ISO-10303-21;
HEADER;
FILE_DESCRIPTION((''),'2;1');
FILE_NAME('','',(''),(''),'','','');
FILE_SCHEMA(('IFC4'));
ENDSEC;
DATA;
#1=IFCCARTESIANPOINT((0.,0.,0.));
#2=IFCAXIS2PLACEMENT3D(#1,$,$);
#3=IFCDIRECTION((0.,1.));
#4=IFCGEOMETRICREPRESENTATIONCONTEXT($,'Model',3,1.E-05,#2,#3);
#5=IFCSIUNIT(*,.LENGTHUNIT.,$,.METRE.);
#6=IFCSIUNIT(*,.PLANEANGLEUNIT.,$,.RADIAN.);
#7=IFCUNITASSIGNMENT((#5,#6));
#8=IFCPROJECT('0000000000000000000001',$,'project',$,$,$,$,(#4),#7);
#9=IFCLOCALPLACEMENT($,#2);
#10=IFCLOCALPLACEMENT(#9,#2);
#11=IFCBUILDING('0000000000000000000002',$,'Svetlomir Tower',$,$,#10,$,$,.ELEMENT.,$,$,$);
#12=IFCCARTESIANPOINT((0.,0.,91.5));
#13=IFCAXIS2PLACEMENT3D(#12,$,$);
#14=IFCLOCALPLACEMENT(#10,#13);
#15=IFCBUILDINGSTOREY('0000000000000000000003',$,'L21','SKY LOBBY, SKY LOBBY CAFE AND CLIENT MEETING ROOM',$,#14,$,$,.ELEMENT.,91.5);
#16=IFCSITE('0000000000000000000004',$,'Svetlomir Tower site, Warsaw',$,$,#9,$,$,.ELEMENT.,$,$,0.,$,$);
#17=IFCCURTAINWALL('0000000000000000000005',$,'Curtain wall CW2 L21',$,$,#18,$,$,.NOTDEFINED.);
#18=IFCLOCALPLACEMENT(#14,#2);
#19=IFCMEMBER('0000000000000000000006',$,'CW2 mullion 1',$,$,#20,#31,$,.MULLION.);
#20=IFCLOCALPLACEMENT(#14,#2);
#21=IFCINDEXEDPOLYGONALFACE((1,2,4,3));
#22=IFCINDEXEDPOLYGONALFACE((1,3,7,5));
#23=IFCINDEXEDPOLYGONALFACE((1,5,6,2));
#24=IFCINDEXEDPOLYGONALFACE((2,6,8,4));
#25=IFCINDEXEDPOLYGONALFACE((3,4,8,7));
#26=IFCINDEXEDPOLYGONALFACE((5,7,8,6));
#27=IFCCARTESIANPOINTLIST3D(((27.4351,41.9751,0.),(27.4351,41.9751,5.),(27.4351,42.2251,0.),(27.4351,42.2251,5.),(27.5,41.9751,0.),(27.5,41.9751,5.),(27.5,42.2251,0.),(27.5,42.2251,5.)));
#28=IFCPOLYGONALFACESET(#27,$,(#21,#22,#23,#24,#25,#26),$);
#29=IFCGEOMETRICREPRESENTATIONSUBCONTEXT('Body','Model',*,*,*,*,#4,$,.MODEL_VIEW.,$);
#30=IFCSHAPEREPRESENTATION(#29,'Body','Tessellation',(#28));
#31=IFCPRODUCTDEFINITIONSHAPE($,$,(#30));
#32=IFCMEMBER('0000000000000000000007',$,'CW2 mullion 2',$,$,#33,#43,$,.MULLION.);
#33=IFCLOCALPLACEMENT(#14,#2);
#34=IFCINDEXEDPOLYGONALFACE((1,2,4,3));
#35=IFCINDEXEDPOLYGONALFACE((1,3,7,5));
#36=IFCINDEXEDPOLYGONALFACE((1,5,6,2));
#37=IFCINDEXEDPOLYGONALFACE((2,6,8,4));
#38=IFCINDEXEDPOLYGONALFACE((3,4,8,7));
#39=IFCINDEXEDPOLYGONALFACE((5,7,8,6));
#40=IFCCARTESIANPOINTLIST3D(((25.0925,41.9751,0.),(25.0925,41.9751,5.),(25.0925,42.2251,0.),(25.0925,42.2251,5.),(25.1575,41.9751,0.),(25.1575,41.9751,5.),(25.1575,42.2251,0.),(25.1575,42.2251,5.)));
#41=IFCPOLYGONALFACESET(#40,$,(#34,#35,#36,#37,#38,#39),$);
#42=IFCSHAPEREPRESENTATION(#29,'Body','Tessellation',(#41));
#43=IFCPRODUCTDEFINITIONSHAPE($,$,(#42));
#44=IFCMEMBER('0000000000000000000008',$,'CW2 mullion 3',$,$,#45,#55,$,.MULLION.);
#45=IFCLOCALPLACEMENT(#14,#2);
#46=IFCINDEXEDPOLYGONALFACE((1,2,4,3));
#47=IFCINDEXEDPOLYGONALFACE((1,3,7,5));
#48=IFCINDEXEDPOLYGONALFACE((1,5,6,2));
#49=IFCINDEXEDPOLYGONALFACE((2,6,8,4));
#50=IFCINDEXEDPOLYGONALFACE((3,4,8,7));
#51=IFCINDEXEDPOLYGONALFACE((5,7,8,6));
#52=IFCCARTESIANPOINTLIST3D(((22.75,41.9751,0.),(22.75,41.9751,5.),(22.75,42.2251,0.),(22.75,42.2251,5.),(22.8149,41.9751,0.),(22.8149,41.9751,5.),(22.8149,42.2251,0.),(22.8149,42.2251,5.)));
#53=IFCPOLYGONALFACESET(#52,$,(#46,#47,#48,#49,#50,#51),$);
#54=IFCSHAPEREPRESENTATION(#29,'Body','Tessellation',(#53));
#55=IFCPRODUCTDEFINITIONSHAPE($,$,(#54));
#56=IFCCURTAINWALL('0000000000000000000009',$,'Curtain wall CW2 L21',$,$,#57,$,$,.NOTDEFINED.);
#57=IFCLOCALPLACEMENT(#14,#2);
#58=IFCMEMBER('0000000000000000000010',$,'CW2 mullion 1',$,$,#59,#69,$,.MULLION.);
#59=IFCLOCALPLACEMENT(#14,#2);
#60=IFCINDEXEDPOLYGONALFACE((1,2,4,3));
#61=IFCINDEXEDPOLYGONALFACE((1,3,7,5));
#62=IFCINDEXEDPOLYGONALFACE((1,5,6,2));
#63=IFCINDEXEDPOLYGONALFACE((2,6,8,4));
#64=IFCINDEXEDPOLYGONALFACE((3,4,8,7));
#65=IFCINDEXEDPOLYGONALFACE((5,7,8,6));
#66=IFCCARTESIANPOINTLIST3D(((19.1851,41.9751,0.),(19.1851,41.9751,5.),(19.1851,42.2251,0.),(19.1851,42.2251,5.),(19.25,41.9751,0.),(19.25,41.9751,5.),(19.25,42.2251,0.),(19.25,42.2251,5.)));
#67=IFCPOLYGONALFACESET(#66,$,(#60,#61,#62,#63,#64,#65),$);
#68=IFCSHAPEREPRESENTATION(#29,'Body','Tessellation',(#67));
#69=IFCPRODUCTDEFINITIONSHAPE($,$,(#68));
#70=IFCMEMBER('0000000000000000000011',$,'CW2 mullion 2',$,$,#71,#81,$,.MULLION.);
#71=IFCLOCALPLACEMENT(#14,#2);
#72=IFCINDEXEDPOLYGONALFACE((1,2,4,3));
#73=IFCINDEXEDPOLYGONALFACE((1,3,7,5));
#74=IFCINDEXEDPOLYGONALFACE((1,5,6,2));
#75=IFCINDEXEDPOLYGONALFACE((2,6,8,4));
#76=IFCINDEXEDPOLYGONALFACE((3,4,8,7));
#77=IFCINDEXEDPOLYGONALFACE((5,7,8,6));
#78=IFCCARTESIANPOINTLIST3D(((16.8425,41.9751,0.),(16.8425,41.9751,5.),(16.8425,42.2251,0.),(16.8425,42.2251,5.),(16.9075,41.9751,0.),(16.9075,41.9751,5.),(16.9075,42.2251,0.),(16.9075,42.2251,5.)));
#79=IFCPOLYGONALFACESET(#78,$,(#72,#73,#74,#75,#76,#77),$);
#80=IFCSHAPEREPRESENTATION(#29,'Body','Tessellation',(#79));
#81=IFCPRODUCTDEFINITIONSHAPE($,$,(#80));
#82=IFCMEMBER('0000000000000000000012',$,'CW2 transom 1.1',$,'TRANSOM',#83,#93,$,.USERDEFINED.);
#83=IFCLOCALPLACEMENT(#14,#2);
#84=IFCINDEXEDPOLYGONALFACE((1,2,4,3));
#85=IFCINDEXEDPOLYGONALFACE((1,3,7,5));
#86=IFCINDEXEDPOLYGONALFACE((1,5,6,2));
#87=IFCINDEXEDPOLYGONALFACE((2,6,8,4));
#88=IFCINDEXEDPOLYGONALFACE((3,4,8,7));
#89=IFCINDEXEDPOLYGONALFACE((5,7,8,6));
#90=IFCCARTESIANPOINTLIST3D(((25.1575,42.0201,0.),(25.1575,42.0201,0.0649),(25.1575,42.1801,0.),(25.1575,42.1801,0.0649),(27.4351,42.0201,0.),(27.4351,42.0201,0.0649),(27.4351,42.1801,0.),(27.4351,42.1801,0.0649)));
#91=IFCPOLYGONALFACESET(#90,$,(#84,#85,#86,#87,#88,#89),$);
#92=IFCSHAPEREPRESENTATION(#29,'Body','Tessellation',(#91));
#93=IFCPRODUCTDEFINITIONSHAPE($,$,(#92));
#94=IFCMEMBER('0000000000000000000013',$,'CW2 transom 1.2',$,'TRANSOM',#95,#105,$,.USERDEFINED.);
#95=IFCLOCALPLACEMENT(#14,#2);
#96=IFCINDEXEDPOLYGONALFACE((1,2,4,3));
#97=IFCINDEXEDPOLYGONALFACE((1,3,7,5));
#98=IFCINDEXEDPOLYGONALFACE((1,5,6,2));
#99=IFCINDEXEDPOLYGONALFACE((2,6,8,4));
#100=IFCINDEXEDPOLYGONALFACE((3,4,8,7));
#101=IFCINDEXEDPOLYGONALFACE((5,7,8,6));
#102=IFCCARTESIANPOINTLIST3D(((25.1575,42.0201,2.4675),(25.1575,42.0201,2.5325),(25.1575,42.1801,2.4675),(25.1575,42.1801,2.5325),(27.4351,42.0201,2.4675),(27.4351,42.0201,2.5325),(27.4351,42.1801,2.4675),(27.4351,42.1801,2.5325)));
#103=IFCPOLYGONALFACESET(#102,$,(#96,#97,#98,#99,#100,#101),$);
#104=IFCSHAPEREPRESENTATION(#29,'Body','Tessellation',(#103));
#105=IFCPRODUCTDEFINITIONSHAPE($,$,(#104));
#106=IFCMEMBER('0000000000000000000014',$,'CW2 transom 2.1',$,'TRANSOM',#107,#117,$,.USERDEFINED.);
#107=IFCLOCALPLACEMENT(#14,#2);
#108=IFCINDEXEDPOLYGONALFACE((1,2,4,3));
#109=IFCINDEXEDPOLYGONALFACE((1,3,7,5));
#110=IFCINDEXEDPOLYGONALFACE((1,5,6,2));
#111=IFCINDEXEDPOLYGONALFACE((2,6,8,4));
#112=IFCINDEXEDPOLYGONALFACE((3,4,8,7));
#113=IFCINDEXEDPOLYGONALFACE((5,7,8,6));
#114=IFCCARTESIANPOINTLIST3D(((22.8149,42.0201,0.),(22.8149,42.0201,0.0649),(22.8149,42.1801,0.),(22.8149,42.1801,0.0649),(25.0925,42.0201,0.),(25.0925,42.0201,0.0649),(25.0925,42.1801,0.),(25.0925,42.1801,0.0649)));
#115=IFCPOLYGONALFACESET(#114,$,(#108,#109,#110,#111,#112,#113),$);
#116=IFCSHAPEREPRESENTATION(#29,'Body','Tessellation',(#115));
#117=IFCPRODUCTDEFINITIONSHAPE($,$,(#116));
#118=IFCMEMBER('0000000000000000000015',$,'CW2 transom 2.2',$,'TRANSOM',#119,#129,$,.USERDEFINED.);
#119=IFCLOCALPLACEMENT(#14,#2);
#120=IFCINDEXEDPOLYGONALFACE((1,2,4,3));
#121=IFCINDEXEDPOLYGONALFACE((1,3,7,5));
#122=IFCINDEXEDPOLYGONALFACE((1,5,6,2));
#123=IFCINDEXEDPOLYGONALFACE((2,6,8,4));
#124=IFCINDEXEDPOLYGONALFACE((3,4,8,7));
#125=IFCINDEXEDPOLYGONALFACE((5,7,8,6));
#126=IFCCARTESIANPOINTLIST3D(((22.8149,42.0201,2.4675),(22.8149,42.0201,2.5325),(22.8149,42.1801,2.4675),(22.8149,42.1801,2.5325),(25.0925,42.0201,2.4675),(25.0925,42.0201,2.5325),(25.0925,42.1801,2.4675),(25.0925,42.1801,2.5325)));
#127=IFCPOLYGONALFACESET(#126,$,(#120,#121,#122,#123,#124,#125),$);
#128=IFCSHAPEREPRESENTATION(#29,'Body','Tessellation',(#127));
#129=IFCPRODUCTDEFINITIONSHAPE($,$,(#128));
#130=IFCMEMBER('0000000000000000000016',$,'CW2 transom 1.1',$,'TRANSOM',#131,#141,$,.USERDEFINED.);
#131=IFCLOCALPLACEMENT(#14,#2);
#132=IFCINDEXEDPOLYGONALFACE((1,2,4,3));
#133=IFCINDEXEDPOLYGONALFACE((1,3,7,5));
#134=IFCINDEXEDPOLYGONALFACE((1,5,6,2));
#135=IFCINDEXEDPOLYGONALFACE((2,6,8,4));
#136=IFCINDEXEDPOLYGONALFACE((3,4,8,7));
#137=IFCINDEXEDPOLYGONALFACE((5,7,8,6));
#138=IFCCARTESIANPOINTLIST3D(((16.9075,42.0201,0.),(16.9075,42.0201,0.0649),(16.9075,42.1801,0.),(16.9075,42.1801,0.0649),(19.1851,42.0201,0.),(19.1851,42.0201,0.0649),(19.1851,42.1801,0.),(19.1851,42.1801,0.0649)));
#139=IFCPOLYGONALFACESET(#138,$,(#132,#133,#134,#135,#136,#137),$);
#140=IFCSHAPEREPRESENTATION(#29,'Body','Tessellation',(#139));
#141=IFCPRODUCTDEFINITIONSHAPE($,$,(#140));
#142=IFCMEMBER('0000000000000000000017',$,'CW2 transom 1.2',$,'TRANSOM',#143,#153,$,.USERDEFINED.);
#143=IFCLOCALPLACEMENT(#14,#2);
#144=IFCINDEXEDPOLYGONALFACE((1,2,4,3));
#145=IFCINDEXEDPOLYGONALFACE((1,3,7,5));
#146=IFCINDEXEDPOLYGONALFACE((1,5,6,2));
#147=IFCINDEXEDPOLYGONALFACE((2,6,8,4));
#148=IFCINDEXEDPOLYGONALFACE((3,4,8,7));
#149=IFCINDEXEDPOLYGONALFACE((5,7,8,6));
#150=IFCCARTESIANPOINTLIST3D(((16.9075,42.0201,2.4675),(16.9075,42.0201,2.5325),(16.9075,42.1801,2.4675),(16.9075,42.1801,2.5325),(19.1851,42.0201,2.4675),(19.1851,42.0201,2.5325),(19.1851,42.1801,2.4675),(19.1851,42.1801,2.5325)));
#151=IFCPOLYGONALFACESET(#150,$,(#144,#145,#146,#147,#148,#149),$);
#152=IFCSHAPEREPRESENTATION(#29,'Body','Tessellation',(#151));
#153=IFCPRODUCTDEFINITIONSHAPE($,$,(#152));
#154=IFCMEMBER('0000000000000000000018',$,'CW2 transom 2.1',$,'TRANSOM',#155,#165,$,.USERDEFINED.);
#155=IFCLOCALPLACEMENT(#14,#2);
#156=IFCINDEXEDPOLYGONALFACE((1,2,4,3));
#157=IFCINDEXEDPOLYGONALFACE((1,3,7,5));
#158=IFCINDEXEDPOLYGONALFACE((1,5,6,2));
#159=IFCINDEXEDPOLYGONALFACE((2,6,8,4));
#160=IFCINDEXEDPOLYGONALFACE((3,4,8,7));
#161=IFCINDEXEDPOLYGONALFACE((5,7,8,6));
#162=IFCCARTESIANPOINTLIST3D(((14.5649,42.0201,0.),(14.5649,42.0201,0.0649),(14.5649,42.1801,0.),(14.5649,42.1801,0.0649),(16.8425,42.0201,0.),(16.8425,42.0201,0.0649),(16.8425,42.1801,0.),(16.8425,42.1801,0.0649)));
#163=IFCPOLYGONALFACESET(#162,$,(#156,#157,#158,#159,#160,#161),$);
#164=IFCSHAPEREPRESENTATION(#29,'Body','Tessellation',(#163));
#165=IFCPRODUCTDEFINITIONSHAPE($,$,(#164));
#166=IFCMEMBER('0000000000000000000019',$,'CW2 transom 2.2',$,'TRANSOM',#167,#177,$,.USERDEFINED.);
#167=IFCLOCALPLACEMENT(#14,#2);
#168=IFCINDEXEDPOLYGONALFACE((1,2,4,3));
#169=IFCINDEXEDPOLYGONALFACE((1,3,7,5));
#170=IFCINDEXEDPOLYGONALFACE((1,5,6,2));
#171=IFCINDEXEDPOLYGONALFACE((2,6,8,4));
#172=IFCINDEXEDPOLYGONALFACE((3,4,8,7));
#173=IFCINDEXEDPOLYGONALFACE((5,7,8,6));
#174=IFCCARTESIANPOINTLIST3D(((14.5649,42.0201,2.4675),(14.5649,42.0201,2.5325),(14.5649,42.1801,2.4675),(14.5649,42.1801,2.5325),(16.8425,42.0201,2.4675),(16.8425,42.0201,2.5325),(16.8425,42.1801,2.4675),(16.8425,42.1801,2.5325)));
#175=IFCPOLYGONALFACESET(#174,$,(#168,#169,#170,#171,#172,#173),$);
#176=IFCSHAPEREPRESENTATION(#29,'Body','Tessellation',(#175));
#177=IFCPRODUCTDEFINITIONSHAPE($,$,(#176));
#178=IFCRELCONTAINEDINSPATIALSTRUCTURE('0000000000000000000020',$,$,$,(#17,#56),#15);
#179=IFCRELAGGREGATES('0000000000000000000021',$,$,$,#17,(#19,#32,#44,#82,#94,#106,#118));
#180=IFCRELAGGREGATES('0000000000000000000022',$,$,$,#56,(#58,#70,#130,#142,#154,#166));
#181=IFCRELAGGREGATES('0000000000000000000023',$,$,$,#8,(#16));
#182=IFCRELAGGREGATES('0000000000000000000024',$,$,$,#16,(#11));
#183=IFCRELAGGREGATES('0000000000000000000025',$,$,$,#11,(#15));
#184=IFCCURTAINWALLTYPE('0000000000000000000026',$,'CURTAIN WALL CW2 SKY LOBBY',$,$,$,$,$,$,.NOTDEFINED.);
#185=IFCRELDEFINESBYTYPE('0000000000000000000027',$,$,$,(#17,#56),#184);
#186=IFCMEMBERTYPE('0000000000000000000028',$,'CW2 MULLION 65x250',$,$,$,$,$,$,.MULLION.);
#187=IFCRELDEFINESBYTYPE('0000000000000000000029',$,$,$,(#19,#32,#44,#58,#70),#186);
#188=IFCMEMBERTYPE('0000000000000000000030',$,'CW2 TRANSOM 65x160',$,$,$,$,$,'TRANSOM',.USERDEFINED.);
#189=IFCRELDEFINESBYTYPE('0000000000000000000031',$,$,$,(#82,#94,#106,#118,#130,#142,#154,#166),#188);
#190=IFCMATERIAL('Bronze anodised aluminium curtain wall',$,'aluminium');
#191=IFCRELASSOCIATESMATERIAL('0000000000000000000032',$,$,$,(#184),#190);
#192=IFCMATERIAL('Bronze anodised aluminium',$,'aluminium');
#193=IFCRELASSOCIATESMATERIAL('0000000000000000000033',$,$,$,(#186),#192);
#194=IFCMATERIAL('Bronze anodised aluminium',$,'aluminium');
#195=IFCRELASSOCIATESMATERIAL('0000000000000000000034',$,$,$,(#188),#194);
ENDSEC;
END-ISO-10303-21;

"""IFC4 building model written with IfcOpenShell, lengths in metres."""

from ifc_helpers import new_model, si_unit, direction, frame, origin, origin_2d, place, context, subcontext, project, spatial, rectangle, extrude, material, material_profile, profile_set, type_object, element, aggregate, save


model = new_model("IFC4")

# Units and contexts
model_context = context("Model", 3, precision=1e-05, world=origin(), true_north=direction((0.0, 1.0)))
body_context = subcontext(model_context, "Body", "Model", "MODEL_VIEW")
ifc_project = project(units=[si_unit("LENGTHUNIT", "METRE"), si_unit("PLANEANGLEUNIT", "RADIAN")], contexts=[model_context])

# Site, building, storey
site_placement = place(None, origin())
site = spatial("IfcSite", under=ifc_project, at=site_placement, Name="Svetlomir Tower site, Warsaw", CompositionType="ELEMENT", RefElevation=0.0)
building_placement = place(site_placement, origin())
building = spatial("IfcBuilding", under=site, at=building_placement, Name="Svetlomir Tower", CompositionType="ELEMENT")
storey_placement = place(building_placement, frame((0.0, 0.0, 91.5)))
storey = spatial("IfcBuildingStorey", under=building, at=storey_placement, Name="L21", Description="SKY LOBBY, SKY LOBBY CAFE AND CLIENT MEETING ROOM", CompositionType="ELEMENT", Elevation=91.5)

# Curtain walls, members
ifc_material_1 = material(Name="Bronze anodised aluminium curtain wall", Category="aluminium")
curtain_wall_type = type_object("IfcCurtainWallType", Name="CURTAIN WALL CW2 SKY LOBBY", PredefinedType="NOTDEFINED", material=ifc_material_1)
curtain_wall_1_placement = place(storey_placement, origin())
curtain_wall_1 = element("IfcCurtainWall", 1, at=curtain_wall_1_placement, inside=storey, type_object=curtain_wall_type, Name="Curtain wall CW2 L21", PredefinedType="NOTDEFINED")
ifc_material_2 = material(Name="Bronze anodised aluminium", Category="aluminium")
ifc_material_profile_1 = material_profile(ifc_material_2, rectangle(XDim=0.0649, YDim=0.25, at=origin_2d()), Name="AL 65x250")
ifc_profile_set_1 = profile_set([ifc_material_profile_1], Name="Bronze anodised aluminium 6063-T6")
member_type_1 = type_object("IfcMemberType", Name="CW2 MULLION 65x250", PredefinedType="MULLION", material=ifc_profile_set_1)
member_1_placement = place(storey_placement, frame((27.4675, 42.1001, 0.0), z_axis=(0.0, 0.0, 1.0), x_axis=(-1.0, 0.0, 0.0)))
member_1 = element("IfcMember", 2, at=member_1_placement, type_object=member_type_1, Name="CW2 mullion 1", PredefinedType="MULLION", context=body_context, shape_type="SweptSolid", body=[
    extrude(rectangle(XDim=0.0649, YDim=0.25, at=origin_2d()), origin(), (0.0, 0.0, 1.0), 5.0),
])
member_2_placement = place(storey_placement, frame((25.125, 42.1001, 0.0), z_axis=(0.0, 0.0, 1.0), x_axis=(-1.0, 0.0, 0.0)))
member_2 = element("IfcMember", 3, at=member_2_placement, type_object=member_type_1, Name="CW2 mullion 2", PredefinedType="MULLION", context=body_context, shape_type="SweptSolid", body=[
    extrude(rectangle(XDim=0.0649, YDim=0.25, at=origin_2d()), origin(), (0.0, 0.0, 1.0), 5.0),
])
member_3_placement = place(storey_placement, frame((22.7825, 42.1001, 0.0), z_axis=(0.0, 0.0, 1.0), x_axis=(-1.0, 0.0, 0.0)))
member_3 = element("IfcMember", 4, at=member_3_placement, type_object=member_type_1, Name="CW2 mullion 3", PredefinedType="MULLION", context=body_context, shape_type="SweptSolid", body=[
    extrude(rectangle(XDim=0.0649, YDim=0.25, at=origin_2d()), origin(), (0.0, 0.0, 1.0), 5.0),
])
curtain_wall_2_placement = place(storey_placement, origin())
curtain_wall_2 = element("IfcCurtainWall", 5, at=curtain_wall_2_placement, inside=storey, type_object=curtain_wall_type, Name="Curtain wall CW2 L21", PredefinedType="NOTDEFINED")
member_4_placement = place(storey_placement, frame((19.2175, 42.1001, 0.0), z_axis=(0.0, 0.0, 1.0), x_axis=(-1.0, 0.0, 0.0)))
member_4 = element("IfcMember", 6, at=member_4_placement, type_object=member_type_1, Name="CW2 mullion 1", PredefinedType="MULLION", context=body_context, shape_type="SweptSolid", body=[
    extrude(rectangle(XDim=0.0649, YDim=0.25, at=origin_2d()), origin(), (0.0, 0.0, 1.0), 5.0),
])
member_5_placement = place(storey_placement, frame((16.875, 42.1001, 0.0), z_axis=(0.0, 0.0, 1.0), x_axis=(-1.0, 0.0, 0.0)))
member_5 = element("IfcMember", 7, at=member_5_placement, type_object=member_type_1, Name="CW2 mullion 2", PredefinedType="MULLION", context=body_context, shape_type="SweptSolid", body=[
    extrude(rectangle(XDim=0.0649, YDim=0.25, at=origin_2d()), origin(), (0.0, 0.0, 1.0), 5.0),
])

# Members
ifc_material_3 = material(Name="Bronze anodised aluminium", Category="aluminium")
ifc_material_profile_2 = material_profile(ifc_material_3, rectangle(XDim=0.1599, YDim=0.0649, at=origin_2d()), Name="AL 160x65")
ifc_profile_set_2 = profile_set([ifc_material_profile_2], Name="Bronze anodised aluminium 6063-T6")
member_type_2 = type_object("IfcMemberType", Name="CW2 TRANSOM 65x160", ElementType="TRANSOM", PredefinedType="USERDEFINED", material=ifc_profile_set_2)
member_6_placement = place(storey_placement, frame((27.4351, 42.1001, 0.0325), z_axis=(-1.0, 0.0, 0.0), x_axis=(0.0, -1.0, 0.0)))
member_6 = element("IfcMember", 8, at=member_6_placement, type_object=member_type_2, Name="CW2 transom 1.1", ObjectType="TRANSOM", PredefinedType="USERDEFINED", context=body_context, shape_type="SweptSolid", body=[
    extrude(rectangle(XDim=0.1599, YDim=0.0649, at=origin_2d()), origin(), (0.0, 0.0, 1.0), 2.2776),
])
member_7_placement = place(storey_placement, frame((27.4351, 42.1001, 2.5), z_axis=(-1.0, 0.0, 0.0), x_axis=(0.0, -1.0, 0.0)))
member_7 = element("IfcMember", 9, at=member_7_placement, type_object=member_type_2, Name="CW2 transom 1.2", ObjectType="TRANSOM", PredefinedType="USERDEFINED", context=body_context, shape_type="SweptSolid", body=[
    extrude(rectangle(XDim=0.1599, YDim=0.0649, at=origin_2d()), origin(), (0.0, 0.0, 1.0), 2.2776),
])
member_8_placement = place(storey_placement, frame((25.0925, 42.1001, 0.0325), z_axis=(-1.0, 0.0, 0.0), x_axis=(0.0, -1.0, 0.0)))
member_8 = element("IfcMember", 10, at=member_8_placement, type_object=member_type_2, Name="CW2 transom 2.1", ObjectType="TRANSOM", PredefinedType="USERDEFINED", context=body_context, shape_type="SweptSolid", body=[
    extrude(rectangle(XDim=0.1599, YDim=0.0649, at=origin_2d()), origin(), (0.0, 0.0, 1.0), 2.2776),
])
member_9_placement = place(storey_placement, frame((25.0925, 42.1001, 2.5), z_axis=(-1.0, 0.0, 0.0), x_axis=(0.0, -1.0, 0.0)))
member_9 = element("IfcMember", 11, at=member_9_placement, type_object=member_type_2, Name="CW2 transom 2.2", ObjectType="TRANSOM", PredefinedType="USERDEFINED", context=body_context, shape_type="SweptSolid", body=[
    extrude(rectangle(XDim=0.1599, YDim=0.0649, at=origin_2d()), origin(), (0.0, 0.0, 1.0), 2.2776),
])
member_10_placement = place(storey_placement, frame((19.1851, 42.1001, 0.0325), z_axis=(-1.0, 0.0, 0.0), x_axis=(0.0, -1.0, 0.0)))
member_10 = element("IfcMember", 12, at=member_10_placement, type_object=member_type_2, Name="CW2 transom 1.1", ObjectType="TRANSOM", PredefinedType="USERDEFINED", context=body_context, shape_type="SweptSolid", body=[
    extrude(rectangle(XDim=0.1599, YDim=0.0649, at=origin_2d()), origin(), (0.0, 0.0, 1.0), 2.2776),
])
member_11_placement = place(storey_placement, frame((19.1851, 42.1001, 2.5), z_axis=(-1.0, 0.0, 0.0), x_axis=(0.0, -1.0, 0.0)))
member_11 = element("IfcMember", 13, at=member_11_placement, type_object=member_type_2, Name="CW2 transom 1.2", ObjectType="TRANSOM", PredefinedType="USERDEFINED", context=body_context, shape_type="SweptSolid", body=[
    extrude(rectangle(XDim=0.1599, YDim=0.0649, at=origin_2d()), origin(), (0.0, 0.0, 1.0), 2.2776),
])
member_12_placement = place(storey_placement, frame((16.8425, 42.1001, 0.0325), z_axis=(-1.0, 0.0, 0.0), x_axis=(0.0, -1.0, 0.0)))
member_12 = element("IfcMember", 14, at=member_12_placement, type_object=member_type_2, Name="CW2 transom 2.1", ObjectType="TRANSOM", PredefinedType="USERDEFINED", context=body_context, shape_type="SweptSolid", body=[
    extrude(rectangle(XDim=0.1599, YDim=0.0649, at=origin_2d()), origin(), (0.0, 0.0, 1.0), 2.2776),
])
member_13_placement = place(storey_placement, frame((16.8425, 42.1001, 2.5), z_axis=(-1.0, 0.0, 0.0), x_axis=(0.0, -1.0, 0.0)))
member_13 = element("IfcMember", 15, at=member_13_placement, type_object=member_type_2, Name="CW2 transom 2.2", ObjectType="TRANSOM", PredefinedType="USERDEFINED", context=body_context, shape_type="SweptSolid", body=[
    extrude(rectangle(XDim=0.1599, YDim=0.0649, at=origin_2d()), origin(), (0.0, 0.0, 1.0), 2.2776),
])

aggregate(curtain_wall_1, [member_1, member_2, member_3, member_6, member_7, member_8, member_9])
aggregate(curtain_wall_2, [member_4, member_5, member_10, member_11, member_12, member_13])

save(model, "model.ifc")
